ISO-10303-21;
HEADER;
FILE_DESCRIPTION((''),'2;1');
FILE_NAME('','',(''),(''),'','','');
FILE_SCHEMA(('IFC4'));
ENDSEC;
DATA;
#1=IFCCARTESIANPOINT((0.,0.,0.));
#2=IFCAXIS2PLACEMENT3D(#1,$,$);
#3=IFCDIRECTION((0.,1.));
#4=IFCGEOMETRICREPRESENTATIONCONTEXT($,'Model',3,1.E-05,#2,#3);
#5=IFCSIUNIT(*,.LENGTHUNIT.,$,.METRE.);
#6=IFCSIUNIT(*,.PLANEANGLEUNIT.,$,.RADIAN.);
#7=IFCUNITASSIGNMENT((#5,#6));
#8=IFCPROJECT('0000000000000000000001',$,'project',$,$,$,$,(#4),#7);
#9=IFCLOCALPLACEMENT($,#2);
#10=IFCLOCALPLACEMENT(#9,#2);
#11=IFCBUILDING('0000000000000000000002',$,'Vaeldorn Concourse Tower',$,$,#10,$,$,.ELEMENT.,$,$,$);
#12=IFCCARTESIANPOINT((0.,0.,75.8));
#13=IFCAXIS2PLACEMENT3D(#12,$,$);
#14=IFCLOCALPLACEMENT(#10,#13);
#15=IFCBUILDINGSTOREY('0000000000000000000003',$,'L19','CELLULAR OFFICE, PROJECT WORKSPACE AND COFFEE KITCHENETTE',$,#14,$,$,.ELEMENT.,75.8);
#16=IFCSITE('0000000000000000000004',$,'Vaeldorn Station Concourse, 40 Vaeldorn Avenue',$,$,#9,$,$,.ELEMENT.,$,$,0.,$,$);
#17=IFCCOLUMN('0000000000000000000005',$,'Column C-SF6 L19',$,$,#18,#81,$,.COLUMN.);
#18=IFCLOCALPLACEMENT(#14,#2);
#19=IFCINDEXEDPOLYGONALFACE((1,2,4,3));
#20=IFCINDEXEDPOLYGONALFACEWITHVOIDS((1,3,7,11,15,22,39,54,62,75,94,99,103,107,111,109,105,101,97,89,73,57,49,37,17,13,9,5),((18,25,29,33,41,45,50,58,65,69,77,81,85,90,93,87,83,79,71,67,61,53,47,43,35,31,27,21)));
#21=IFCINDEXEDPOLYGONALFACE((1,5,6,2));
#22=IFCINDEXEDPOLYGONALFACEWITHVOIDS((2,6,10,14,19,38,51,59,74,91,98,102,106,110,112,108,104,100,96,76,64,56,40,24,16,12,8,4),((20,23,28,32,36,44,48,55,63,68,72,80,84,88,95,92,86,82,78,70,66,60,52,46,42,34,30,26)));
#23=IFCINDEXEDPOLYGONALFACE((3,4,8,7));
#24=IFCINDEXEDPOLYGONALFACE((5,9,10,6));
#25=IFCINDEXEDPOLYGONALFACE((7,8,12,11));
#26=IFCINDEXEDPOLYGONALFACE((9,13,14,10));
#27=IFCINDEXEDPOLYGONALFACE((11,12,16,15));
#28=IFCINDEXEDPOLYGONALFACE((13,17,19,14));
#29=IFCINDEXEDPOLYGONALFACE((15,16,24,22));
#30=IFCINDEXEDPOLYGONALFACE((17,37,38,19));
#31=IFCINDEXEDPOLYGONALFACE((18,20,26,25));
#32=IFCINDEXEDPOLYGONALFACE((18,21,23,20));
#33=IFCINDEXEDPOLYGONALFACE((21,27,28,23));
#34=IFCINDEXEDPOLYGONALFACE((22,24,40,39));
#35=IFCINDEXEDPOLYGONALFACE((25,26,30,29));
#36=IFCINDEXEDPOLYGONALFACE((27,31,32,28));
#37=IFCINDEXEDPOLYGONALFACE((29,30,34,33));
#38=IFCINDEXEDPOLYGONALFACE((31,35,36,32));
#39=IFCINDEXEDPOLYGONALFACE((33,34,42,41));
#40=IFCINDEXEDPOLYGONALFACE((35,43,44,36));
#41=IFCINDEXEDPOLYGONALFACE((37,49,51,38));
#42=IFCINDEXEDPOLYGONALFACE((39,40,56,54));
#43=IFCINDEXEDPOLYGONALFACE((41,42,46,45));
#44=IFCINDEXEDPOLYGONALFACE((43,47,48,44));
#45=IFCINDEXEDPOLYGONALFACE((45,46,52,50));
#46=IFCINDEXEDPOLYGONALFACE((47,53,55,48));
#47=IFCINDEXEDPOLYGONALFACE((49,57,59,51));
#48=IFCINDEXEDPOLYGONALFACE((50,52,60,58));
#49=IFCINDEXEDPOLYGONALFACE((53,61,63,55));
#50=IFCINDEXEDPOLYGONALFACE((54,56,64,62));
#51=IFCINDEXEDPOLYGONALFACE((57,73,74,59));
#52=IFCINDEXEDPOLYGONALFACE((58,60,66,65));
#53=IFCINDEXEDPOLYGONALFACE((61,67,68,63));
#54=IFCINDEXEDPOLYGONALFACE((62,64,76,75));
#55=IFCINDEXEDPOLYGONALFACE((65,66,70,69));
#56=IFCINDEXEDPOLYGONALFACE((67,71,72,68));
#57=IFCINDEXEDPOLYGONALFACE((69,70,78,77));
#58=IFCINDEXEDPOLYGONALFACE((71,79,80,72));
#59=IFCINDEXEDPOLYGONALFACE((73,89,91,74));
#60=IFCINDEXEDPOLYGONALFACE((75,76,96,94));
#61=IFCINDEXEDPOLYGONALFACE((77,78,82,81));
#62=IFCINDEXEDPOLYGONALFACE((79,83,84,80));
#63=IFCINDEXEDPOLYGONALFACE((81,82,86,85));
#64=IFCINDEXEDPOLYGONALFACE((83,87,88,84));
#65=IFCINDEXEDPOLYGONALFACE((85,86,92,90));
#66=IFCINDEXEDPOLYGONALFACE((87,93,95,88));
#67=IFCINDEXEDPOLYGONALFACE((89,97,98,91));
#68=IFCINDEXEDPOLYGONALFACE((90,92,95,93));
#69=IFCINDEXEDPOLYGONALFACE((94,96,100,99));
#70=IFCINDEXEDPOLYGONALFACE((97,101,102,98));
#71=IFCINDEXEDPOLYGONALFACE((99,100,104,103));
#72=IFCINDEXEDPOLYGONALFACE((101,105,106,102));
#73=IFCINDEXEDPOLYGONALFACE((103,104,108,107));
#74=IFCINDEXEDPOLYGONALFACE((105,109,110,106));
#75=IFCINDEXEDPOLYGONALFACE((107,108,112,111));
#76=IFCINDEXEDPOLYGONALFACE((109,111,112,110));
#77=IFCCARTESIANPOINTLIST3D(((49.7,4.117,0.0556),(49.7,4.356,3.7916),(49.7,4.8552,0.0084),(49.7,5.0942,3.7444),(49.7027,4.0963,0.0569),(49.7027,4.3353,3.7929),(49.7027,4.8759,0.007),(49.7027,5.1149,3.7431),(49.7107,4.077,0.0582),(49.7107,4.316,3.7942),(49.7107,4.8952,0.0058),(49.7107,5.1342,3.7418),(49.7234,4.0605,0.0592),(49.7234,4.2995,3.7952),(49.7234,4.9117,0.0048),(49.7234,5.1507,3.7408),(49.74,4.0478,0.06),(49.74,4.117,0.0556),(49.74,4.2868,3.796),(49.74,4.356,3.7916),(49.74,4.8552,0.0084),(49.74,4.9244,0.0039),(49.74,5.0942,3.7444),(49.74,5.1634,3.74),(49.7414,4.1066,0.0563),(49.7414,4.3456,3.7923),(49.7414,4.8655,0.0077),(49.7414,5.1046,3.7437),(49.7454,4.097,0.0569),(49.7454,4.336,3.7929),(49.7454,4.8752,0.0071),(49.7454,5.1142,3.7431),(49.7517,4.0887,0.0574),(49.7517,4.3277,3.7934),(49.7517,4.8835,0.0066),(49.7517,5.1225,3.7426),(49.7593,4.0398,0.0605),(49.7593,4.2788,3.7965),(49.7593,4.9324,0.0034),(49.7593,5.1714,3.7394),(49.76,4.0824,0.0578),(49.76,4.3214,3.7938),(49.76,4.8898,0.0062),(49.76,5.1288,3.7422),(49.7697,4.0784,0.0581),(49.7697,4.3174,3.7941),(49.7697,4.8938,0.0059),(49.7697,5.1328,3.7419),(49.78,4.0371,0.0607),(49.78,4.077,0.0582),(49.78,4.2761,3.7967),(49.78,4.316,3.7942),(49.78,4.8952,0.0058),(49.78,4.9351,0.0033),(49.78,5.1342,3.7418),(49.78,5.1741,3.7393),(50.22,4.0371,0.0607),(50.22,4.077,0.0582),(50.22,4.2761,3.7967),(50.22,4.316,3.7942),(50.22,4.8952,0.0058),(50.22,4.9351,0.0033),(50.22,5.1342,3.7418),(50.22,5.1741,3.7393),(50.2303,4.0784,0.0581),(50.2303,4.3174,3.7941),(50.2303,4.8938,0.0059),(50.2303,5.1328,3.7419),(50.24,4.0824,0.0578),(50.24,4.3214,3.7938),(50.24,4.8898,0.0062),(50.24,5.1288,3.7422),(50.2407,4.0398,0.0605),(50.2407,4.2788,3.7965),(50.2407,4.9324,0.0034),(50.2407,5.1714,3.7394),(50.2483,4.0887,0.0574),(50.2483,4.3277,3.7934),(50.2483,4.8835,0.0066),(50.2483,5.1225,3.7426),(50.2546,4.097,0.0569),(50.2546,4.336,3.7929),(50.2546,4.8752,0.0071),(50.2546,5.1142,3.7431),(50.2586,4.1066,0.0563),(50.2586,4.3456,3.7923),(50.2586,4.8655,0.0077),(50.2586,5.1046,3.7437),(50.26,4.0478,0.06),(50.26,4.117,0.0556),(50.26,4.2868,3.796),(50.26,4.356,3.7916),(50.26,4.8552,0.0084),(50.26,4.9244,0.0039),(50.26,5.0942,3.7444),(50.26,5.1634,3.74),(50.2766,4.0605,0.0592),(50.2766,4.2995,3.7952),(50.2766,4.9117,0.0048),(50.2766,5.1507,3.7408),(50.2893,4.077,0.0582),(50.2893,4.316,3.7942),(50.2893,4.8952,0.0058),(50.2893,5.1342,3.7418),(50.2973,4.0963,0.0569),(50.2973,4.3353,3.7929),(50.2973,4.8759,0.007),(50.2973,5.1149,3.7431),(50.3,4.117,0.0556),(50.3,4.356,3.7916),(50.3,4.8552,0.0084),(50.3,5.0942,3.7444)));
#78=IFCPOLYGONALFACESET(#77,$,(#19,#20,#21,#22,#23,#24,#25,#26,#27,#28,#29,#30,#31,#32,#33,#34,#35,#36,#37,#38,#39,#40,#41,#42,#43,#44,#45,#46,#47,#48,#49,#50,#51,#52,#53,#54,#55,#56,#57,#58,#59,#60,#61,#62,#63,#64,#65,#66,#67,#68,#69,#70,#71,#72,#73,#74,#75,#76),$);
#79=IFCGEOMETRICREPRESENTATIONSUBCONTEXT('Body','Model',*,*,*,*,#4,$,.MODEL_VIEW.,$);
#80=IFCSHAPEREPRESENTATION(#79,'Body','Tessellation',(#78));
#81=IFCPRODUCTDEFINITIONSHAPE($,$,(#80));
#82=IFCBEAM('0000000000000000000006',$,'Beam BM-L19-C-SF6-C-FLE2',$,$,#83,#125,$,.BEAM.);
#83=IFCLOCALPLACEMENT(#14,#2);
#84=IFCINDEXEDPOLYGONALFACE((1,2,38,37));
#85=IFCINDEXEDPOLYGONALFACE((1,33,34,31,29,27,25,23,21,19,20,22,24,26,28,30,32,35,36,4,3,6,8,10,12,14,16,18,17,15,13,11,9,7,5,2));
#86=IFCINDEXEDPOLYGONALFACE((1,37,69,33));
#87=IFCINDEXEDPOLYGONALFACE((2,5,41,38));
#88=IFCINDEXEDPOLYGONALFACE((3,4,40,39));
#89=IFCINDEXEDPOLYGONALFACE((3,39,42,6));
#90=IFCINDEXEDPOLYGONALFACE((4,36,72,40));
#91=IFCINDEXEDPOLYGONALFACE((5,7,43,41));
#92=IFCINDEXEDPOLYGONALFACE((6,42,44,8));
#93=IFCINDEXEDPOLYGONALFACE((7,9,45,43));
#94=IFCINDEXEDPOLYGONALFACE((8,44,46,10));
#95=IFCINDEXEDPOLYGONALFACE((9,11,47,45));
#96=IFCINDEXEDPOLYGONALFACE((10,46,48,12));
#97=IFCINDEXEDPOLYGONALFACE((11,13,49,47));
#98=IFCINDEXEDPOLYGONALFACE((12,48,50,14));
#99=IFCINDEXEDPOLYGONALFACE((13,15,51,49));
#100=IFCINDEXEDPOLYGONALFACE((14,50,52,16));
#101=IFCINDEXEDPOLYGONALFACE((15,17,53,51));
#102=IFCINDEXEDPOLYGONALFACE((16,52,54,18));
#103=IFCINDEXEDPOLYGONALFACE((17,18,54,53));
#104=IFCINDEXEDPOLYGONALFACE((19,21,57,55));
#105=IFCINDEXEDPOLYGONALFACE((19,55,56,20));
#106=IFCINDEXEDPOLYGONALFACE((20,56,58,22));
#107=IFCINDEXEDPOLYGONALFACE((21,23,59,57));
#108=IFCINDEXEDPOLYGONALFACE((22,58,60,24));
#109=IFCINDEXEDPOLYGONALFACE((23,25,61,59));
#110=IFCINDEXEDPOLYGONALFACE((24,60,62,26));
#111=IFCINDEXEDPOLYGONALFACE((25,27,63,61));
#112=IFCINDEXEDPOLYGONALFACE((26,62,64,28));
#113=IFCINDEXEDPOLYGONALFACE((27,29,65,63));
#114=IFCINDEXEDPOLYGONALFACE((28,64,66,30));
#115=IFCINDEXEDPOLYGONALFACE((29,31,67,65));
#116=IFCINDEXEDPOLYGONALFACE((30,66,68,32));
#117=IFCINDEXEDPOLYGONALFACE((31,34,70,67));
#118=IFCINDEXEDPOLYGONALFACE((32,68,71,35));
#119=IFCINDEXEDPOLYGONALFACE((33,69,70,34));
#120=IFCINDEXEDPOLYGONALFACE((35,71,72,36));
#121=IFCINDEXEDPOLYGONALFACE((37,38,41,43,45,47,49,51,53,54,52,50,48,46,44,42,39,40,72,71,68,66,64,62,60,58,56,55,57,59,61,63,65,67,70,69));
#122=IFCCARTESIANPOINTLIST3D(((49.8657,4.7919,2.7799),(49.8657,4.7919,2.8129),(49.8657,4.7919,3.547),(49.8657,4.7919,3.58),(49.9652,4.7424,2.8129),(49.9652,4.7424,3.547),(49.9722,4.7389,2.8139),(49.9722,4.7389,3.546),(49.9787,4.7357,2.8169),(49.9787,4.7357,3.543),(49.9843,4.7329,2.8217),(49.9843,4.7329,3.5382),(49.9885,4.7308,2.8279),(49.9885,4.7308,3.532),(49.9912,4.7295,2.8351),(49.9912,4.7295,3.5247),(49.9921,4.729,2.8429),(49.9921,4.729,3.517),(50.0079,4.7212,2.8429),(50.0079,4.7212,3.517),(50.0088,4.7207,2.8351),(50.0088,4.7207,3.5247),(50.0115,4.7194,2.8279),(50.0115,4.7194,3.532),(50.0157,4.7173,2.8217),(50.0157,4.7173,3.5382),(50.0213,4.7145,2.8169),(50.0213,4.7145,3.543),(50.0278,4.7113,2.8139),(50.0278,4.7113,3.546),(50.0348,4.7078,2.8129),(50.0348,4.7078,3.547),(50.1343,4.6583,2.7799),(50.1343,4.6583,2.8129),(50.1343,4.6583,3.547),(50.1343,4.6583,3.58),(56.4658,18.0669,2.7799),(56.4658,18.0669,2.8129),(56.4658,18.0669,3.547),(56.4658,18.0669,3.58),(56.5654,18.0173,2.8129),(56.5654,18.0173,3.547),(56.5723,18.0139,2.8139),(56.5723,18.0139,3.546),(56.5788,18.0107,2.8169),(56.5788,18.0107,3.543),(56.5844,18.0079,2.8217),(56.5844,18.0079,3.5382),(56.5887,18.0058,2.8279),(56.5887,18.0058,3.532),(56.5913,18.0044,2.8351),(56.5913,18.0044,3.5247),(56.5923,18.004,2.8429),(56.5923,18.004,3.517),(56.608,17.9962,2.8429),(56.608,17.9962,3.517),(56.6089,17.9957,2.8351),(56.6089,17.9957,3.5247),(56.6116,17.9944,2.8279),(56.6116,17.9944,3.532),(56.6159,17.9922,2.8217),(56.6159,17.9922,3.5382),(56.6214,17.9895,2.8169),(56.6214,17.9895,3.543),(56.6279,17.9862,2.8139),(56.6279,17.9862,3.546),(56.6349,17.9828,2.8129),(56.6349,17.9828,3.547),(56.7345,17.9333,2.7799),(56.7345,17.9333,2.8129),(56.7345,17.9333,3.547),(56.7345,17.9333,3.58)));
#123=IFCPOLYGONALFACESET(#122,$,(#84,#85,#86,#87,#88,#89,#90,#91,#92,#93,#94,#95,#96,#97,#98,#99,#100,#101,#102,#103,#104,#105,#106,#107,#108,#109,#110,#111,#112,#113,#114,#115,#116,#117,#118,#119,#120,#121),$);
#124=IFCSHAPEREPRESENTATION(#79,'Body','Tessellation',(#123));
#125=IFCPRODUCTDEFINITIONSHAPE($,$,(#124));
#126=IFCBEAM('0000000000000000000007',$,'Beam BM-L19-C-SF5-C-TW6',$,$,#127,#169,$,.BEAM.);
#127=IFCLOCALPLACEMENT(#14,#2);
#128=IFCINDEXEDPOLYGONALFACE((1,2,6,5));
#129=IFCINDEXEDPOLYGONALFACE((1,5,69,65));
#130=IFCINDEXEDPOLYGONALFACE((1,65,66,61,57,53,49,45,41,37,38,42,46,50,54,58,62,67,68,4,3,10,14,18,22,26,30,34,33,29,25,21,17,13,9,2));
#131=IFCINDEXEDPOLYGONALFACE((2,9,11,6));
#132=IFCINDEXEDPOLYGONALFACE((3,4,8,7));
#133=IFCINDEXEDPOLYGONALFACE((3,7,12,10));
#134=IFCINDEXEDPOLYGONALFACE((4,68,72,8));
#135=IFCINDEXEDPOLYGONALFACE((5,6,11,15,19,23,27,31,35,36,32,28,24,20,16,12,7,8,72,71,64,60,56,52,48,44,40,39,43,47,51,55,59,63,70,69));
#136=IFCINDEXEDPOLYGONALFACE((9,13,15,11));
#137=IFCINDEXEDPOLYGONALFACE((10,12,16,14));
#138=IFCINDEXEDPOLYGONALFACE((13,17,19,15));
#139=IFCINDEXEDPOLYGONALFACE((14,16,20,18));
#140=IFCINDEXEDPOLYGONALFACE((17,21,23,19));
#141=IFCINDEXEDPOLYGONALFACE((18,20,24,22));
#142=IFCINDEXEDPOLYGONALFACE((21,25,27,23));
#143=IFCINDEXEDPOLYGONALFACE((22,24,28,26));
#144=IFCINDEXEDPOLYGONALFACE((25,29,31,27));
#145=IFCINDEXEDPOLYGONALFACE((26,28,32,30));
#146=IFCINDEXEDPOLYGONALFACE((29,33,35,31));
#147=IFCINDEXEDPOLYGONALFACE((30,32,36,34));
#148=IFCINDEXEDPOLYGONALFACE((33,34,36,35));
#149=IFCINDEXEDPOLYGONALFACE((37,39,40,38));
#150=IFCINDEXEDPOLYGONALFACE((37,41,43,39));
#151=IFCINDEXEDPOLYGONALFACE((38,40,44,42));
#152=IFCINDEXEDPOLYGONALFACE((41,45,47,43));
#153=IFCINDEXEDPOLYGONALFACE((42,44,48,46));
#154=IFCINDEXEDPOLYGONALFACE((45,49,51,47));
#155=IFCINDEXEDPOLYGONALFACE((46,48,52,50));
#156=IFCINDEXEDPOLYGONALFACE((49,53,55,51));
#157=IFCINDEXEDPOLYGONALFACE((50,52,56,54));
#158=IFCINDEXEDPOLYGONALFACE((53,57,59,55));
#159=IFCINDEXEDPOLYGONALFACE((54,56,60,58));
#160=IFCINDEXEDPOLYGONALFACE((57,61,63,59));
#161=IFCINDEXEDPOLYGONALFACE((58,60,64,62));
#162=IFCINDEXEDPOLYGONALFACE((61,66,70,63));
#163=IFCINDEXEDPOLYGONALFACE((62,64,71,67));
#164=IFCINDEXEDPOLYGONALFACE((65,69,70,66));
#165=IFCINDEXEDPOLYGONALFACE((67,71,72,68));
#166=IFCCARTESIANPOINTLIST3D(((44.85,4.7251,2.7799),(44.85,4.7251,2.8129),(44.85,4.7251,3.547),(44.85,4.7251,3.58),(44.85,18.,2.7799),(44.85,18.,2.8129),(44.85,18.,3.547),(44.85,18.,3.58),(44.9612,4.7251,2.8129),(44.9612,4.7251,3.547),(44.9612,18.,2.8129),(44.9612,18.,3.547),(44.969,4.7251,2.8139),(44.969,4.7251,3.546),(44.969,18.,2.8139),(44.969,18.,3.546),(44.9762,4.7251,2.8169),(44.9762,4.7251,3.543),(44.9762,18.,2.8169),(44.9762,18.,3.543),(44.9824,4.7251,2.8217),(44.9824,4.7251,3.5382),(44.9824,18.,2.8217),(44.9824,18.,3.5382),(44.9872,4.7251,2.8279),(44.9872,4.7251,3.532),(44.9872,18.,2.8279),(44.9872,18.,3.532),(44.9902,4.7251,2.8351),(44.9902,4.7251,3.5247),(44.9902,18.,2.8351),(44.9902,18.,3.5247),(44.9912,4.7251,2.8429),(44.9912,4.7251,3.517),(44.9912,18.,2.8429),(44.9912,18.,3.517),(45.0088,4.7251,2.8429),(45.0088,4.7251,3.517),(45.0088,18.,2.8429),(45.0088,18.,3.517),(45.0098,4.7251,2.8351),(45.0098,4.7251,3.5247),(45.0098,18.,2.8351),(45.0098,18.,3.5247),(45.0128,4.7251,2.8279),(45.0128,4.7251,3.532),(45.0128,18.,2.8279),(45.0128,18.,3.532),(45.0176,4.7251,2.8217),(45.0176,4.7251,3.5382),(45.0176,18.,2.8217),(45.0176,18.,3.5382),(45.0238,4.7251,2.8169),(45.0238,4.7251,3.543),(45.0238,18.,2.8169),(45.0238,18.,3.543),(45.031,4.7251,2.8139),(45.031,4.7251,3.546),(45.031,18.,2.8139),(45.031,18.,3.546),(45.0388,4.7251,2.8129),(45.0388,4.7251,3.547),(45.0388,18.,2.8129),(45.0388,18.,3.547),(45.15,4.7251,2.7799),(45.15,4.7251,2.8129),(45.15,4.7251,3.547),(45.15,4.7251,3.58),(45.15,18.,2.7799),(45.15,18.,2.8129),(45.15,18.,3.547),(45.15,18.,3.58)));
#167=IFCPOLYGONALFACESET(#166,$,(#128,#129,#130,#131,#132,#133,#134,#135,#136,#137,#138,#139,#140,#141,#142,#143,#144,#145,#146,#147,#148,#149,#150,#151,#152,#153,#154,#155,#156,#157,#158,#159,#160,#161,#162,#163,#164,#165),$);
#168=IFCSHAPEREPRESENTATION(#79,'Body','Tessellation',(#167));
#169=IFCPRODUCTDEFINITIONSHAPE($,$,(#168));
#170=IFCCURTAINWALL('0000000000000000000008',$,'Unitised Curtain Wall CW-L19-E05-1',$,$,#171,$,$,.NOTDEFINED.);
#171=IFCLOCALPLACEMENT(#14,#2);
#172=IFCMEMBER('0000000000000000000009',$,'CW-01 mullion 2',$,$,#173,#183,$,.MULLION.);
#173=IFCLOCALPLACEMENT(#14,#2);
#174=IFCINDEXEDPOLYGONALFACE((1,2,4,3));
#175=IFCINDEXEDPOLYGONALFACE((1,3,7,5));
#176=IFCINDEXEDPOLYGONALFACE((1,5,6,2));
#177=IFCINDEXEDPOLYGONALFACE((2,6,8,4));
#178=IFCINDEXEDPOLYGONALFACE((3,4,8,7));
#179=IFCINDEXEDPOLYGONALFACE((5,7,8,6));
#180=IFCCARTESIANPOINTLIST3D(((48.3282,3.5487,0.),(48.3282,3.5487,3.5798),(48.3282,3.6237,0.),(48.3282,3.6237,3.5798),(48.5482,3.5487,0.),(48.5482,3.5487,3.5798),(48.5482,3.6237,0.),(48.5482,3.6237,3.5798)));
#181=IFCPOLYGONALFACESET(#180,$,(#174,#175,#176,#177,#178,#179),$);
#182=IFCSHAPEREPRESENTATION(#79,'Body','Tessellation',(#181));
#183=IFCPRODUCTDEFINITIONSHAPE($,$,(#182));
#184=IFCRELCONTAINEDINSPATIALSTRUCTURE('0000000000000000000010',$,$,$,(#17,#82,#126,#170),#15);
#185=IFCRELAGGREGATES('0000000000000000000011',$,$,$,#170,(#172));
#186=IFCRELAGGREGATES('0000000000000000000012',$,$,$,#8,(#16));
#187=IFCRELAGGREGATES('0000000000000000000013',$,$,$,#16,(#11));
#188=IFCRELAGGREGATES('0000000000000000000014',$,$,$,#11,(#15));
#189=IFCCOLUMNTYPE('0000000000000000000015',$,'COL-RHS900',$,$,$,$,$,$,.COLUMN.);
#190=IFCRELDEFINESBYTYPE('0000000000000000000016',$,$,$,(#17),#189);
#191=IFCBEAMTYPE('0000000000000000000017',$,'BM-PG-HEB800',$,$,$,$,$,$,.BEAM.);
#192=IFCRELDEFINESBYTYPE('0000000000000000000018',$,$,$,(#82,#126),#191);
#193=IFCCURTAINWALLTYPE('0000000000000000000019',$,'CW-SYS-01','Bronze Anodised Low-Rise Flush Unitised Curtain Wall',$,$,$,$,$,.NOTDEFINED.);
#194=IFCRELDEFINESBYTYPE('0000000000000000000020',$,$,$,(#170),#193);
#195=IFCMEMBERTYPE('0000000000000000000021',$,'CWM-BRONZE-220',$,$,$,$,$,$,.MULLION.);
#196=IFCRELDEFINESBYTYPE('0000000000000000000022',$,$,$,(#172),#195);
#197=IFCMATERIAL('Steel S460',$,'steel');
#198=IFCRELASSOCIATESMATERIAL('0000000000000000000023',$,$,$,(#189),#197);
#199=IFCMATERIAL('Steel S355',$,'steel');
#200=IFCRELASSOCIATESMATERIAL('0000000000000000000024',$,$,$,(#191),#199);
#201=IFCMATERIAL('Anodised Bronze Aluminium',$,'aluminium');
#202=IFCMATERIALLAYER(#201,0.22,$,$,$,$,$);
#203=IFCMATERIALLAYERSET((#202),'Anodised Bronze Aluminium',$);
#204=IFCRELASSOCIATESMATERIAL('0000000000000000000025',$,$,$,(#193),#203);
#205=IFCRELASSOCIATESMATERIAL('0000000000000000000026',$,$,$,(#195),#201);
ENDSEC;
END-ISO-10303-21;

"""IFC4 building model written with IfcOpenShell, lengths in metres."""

from ifc_helpers import new_model, si_unit, direction, frame, origin, origin_2d, place, context, subcontext, project, spatial, rectangle, hollow_rectangle, i_section, extrude, source, transform, mapped, material, layer, layer_set, material_profile, profile_set, type_object, element, aggregate, save


model = new_model("IFC4")

# Units and contexts
model_context = context("Model", 3, precision=1e-05, world=origin(), true_north=direction((0.0, 1.0)))
body_context = subcontext(model_context, "Body", "Model", "MODEL_VIEW")
ifc_project = project(units=[si_unit("LENGTHUNIT", "METRE"), si_unit("PLANEANGLEUNIT", "RADIAN")], contexts=[model_context])

# Site, building, storey
site_placement = place(None, origin())
site = spatial("IfcSite", under=ifc_project, at=site_placement, Name="Vaeldorn Station Concourse, 40 Vaeldorn Avenue", CompositionType="ELEMENT", RefElevation=0.0)
building_placement = place(site_placement, origin())
building = spatial("IfcBuilding", under=site, at=building_placement, Name="Vaeldorn Concourse Tower", CompositionType="ELEMENT")
storey_placement = place(building_placement, frame((0.0, 0.0, 75.8)))
storey = spatial("IfcBuildingStorey", under=building, at=storey_placement, Name="L19", Description="CELLULAR OFFICE, PROJECT WORKSPACE AND COFFEE KITCHENETTE", CompositionType="ELEMENT", Elevation=75.8)

# Column
ifc_material_1 = material(Name="Steel S460", Category="steel")
ifc_material_profile_1 = material_profile(ifc_material_1, hollow_rectangle(XDim=0.6001, YDim=0.8999, WallThickness=0.04, InnerFilletRadius=0.04, OuterFilletRadius=0.0801, at=origin_2d()), Name="RHS 900x600x40")
ifc_profile_set_1 = profile_set([ifc_material_profile_1], Name="Steel S460")
column_type = type_object("IfcColumnType", Name="COL-RHS900", PredefinedType="COLUMN", material=ifc_profile_set_1)
shared_shape_1 = source(origin(), body_context, "Body", "SweptSolid", [
    extrude(hollow_rectangle(XDim=0.6001, YDim=0.8999, WallThickness=0.04, InnerFilletRadius=0.04, OuterFilletRadius=0.0801, at=origin_2d()), origin(), (0.0, 0.0, 1.0), 3.7437),
])
column_placement = place(storey_placement, frame((50.0, 4.4861, 0.032), z_axis=(0.0, 0.063844, 0.99796), x_axis=(-1.0, 0.0, 0.0)))
element("IfcColumn", 1, at=column_placement, inside=storey, type_object=column_type, Name="Column C-SF6 L19", PredefinedType="COLUMN", context=body_context, shape_type="MappedRepresentation", body=[
    mapped(shared_shape_1, transform((0.0, 0.0, 0.0), scale=1.0)),
])

# Beams
ifc_material_2 = material(Name="Steel S355", Category="steel")
ifc_material_profile_2 = material_profile(ifc_material_2, i_section(OverallWidth=0.3, OverallDepth=0.8, WebThickness=0.0176, FlangeThickness=0.033, FilletRadius=0.03, at=origin_2d()), Name="HEB 800")
ifc_profile_set_2 = profile_set([ifc_material_profile_2], Name="Steel S355")
beam_type = type_object("IfcBeamType", Name="BM-PG-HEB800", PredefinedType="BEAM", material=ifc_profile_set_2)
shared_shape_2 = source(origin(), body_context, "Body", "SweptSolid", [
    extrude(i_section(OverallWidth=0.3, OverallDepth=0.8, WebThickness=0.0176, FlangeThickness=0.033, FilletRadius=0.03, at=origin_2d()), origin(), (0.0, 0.0, 1.0), 14.8252),
])
beam_1_placement = place(storey_placement, frame((50.0, 4.7251, 3.1799), z_axis=(0.445197, 0.895433, 0.0), x_axis=(-0.895433, 0.445197, 0.0)))
element("IfcBeam", 2, at=beam_1_placement, inside=storey, type_object=beam_type, Name="Beam BM-L19-C-SF6-C-FLE2", PredefinedType="BEAM", context=body_context, shape_type="MappedRepresentation", body=[
    mapped(shared_shape_2, transform((0.0, 0.0, 0.0), scale=1.0)),
])
shared_shape_3 = source(origin(), body_context, "Body", "SweptSolid", [
    extrude(i_section(OverallWidth=0.3, OverallDepth=0.8, WebThickness=0.0176, FlangeThickness=0.033, FilletRadius=0.03, at=origin_2d()), origin(), (0.0, 0.0, 1.0), 13.2749),
])
beam_2_placement = place(storey_placement, frame((45.0, 4.7251, 3.1799), z_axis=(0.0, 1.0, 0.0), x_axis=(-1.0, 0.0, 0.0)))
element("IfcBeam", 3, at=beam_2_placement, inside=storey, type_object=beam_type, Name="Beam BM-L19-C-SF5-C-TW6", PredefinedType="BEAM", context=body_context, shape_type="MappedRepresentation", body=[
    mapped(shared_shape_3, transform((0.0, 0.0, 0.0), scale=1.0)),
])

# Curtain wall, member
ifc_material_3 = material(Name="Anodised Bronze Aluminium", Category="aluminium")
ifc_layer_1 = layer(ifc_material_3, 0.22)
ifc_layer_set_1 = layer_set([ifc_layer_1], Name="Anodised Bronze Aluminium")
curtain_wall_type = type_object("IfcCurtainWallType", Name="CW-SYS-01", Description="Bronze Anodised Low-Rise Flush Unitised Curtain Wall", PredefinedType="NOTDEFINED", material=ifc_layer_set_1)
curtain_wall_1_placement = place(storey_placement, origin())
curtain_wall_1 = element("IfcCurtainWall", 4, at=curtain_wall_1_placement, inside=storey, type_object=curtain_wall_type, Name="Unitised Curtain Wall CW-L19-E05-1", PredefinedType="NOTDEFINED")
ifc_material_profile_3 = material_profile(ifc_material_3, rectangle(XDim=0.075, YDim=0.22, at=origin_2d()), Name="CWM 75x220")
ifc_profile_set_3 = profile_set([ifc_material_profile_3], Name="Anodised Bronze Aluminium")
member_type_1 = type_object("IfcMemberType", Name="CWM-BRONZE-220", PredefinedType="MULLION", material=ifc_profile_set_3)
shared_shape_4 = source(origin(), body_context, "Body", "SweptSolid", [
    extrude(rectangle(XDim=0.075, YDim=0.22, at=origin_2d()), origin(), (0.0, 0.0, 1.0), 3.5798),
])
member_1_placement = place(storey_placement, frame((48.4382, 3.5862, 0.0), z_axis=(0.0, 0.0, 1.0), x_axis=(0.0, 1.0, 0.0)))
member_1 = element("IfcMember", 5, at=member_1_placement, type_object=member_type_1, Name="CW-01 mullion 2", PredefinedType="MULLION", context=body_context, shape_type="MappedRepresentation", body=[
    mapped(shared_shape_4, transform((0.0, 0.0, 0.0), scale=1.0)),
])

aggregate(curtain_wall_1, [member_1])

save(model, "model.ifc")
